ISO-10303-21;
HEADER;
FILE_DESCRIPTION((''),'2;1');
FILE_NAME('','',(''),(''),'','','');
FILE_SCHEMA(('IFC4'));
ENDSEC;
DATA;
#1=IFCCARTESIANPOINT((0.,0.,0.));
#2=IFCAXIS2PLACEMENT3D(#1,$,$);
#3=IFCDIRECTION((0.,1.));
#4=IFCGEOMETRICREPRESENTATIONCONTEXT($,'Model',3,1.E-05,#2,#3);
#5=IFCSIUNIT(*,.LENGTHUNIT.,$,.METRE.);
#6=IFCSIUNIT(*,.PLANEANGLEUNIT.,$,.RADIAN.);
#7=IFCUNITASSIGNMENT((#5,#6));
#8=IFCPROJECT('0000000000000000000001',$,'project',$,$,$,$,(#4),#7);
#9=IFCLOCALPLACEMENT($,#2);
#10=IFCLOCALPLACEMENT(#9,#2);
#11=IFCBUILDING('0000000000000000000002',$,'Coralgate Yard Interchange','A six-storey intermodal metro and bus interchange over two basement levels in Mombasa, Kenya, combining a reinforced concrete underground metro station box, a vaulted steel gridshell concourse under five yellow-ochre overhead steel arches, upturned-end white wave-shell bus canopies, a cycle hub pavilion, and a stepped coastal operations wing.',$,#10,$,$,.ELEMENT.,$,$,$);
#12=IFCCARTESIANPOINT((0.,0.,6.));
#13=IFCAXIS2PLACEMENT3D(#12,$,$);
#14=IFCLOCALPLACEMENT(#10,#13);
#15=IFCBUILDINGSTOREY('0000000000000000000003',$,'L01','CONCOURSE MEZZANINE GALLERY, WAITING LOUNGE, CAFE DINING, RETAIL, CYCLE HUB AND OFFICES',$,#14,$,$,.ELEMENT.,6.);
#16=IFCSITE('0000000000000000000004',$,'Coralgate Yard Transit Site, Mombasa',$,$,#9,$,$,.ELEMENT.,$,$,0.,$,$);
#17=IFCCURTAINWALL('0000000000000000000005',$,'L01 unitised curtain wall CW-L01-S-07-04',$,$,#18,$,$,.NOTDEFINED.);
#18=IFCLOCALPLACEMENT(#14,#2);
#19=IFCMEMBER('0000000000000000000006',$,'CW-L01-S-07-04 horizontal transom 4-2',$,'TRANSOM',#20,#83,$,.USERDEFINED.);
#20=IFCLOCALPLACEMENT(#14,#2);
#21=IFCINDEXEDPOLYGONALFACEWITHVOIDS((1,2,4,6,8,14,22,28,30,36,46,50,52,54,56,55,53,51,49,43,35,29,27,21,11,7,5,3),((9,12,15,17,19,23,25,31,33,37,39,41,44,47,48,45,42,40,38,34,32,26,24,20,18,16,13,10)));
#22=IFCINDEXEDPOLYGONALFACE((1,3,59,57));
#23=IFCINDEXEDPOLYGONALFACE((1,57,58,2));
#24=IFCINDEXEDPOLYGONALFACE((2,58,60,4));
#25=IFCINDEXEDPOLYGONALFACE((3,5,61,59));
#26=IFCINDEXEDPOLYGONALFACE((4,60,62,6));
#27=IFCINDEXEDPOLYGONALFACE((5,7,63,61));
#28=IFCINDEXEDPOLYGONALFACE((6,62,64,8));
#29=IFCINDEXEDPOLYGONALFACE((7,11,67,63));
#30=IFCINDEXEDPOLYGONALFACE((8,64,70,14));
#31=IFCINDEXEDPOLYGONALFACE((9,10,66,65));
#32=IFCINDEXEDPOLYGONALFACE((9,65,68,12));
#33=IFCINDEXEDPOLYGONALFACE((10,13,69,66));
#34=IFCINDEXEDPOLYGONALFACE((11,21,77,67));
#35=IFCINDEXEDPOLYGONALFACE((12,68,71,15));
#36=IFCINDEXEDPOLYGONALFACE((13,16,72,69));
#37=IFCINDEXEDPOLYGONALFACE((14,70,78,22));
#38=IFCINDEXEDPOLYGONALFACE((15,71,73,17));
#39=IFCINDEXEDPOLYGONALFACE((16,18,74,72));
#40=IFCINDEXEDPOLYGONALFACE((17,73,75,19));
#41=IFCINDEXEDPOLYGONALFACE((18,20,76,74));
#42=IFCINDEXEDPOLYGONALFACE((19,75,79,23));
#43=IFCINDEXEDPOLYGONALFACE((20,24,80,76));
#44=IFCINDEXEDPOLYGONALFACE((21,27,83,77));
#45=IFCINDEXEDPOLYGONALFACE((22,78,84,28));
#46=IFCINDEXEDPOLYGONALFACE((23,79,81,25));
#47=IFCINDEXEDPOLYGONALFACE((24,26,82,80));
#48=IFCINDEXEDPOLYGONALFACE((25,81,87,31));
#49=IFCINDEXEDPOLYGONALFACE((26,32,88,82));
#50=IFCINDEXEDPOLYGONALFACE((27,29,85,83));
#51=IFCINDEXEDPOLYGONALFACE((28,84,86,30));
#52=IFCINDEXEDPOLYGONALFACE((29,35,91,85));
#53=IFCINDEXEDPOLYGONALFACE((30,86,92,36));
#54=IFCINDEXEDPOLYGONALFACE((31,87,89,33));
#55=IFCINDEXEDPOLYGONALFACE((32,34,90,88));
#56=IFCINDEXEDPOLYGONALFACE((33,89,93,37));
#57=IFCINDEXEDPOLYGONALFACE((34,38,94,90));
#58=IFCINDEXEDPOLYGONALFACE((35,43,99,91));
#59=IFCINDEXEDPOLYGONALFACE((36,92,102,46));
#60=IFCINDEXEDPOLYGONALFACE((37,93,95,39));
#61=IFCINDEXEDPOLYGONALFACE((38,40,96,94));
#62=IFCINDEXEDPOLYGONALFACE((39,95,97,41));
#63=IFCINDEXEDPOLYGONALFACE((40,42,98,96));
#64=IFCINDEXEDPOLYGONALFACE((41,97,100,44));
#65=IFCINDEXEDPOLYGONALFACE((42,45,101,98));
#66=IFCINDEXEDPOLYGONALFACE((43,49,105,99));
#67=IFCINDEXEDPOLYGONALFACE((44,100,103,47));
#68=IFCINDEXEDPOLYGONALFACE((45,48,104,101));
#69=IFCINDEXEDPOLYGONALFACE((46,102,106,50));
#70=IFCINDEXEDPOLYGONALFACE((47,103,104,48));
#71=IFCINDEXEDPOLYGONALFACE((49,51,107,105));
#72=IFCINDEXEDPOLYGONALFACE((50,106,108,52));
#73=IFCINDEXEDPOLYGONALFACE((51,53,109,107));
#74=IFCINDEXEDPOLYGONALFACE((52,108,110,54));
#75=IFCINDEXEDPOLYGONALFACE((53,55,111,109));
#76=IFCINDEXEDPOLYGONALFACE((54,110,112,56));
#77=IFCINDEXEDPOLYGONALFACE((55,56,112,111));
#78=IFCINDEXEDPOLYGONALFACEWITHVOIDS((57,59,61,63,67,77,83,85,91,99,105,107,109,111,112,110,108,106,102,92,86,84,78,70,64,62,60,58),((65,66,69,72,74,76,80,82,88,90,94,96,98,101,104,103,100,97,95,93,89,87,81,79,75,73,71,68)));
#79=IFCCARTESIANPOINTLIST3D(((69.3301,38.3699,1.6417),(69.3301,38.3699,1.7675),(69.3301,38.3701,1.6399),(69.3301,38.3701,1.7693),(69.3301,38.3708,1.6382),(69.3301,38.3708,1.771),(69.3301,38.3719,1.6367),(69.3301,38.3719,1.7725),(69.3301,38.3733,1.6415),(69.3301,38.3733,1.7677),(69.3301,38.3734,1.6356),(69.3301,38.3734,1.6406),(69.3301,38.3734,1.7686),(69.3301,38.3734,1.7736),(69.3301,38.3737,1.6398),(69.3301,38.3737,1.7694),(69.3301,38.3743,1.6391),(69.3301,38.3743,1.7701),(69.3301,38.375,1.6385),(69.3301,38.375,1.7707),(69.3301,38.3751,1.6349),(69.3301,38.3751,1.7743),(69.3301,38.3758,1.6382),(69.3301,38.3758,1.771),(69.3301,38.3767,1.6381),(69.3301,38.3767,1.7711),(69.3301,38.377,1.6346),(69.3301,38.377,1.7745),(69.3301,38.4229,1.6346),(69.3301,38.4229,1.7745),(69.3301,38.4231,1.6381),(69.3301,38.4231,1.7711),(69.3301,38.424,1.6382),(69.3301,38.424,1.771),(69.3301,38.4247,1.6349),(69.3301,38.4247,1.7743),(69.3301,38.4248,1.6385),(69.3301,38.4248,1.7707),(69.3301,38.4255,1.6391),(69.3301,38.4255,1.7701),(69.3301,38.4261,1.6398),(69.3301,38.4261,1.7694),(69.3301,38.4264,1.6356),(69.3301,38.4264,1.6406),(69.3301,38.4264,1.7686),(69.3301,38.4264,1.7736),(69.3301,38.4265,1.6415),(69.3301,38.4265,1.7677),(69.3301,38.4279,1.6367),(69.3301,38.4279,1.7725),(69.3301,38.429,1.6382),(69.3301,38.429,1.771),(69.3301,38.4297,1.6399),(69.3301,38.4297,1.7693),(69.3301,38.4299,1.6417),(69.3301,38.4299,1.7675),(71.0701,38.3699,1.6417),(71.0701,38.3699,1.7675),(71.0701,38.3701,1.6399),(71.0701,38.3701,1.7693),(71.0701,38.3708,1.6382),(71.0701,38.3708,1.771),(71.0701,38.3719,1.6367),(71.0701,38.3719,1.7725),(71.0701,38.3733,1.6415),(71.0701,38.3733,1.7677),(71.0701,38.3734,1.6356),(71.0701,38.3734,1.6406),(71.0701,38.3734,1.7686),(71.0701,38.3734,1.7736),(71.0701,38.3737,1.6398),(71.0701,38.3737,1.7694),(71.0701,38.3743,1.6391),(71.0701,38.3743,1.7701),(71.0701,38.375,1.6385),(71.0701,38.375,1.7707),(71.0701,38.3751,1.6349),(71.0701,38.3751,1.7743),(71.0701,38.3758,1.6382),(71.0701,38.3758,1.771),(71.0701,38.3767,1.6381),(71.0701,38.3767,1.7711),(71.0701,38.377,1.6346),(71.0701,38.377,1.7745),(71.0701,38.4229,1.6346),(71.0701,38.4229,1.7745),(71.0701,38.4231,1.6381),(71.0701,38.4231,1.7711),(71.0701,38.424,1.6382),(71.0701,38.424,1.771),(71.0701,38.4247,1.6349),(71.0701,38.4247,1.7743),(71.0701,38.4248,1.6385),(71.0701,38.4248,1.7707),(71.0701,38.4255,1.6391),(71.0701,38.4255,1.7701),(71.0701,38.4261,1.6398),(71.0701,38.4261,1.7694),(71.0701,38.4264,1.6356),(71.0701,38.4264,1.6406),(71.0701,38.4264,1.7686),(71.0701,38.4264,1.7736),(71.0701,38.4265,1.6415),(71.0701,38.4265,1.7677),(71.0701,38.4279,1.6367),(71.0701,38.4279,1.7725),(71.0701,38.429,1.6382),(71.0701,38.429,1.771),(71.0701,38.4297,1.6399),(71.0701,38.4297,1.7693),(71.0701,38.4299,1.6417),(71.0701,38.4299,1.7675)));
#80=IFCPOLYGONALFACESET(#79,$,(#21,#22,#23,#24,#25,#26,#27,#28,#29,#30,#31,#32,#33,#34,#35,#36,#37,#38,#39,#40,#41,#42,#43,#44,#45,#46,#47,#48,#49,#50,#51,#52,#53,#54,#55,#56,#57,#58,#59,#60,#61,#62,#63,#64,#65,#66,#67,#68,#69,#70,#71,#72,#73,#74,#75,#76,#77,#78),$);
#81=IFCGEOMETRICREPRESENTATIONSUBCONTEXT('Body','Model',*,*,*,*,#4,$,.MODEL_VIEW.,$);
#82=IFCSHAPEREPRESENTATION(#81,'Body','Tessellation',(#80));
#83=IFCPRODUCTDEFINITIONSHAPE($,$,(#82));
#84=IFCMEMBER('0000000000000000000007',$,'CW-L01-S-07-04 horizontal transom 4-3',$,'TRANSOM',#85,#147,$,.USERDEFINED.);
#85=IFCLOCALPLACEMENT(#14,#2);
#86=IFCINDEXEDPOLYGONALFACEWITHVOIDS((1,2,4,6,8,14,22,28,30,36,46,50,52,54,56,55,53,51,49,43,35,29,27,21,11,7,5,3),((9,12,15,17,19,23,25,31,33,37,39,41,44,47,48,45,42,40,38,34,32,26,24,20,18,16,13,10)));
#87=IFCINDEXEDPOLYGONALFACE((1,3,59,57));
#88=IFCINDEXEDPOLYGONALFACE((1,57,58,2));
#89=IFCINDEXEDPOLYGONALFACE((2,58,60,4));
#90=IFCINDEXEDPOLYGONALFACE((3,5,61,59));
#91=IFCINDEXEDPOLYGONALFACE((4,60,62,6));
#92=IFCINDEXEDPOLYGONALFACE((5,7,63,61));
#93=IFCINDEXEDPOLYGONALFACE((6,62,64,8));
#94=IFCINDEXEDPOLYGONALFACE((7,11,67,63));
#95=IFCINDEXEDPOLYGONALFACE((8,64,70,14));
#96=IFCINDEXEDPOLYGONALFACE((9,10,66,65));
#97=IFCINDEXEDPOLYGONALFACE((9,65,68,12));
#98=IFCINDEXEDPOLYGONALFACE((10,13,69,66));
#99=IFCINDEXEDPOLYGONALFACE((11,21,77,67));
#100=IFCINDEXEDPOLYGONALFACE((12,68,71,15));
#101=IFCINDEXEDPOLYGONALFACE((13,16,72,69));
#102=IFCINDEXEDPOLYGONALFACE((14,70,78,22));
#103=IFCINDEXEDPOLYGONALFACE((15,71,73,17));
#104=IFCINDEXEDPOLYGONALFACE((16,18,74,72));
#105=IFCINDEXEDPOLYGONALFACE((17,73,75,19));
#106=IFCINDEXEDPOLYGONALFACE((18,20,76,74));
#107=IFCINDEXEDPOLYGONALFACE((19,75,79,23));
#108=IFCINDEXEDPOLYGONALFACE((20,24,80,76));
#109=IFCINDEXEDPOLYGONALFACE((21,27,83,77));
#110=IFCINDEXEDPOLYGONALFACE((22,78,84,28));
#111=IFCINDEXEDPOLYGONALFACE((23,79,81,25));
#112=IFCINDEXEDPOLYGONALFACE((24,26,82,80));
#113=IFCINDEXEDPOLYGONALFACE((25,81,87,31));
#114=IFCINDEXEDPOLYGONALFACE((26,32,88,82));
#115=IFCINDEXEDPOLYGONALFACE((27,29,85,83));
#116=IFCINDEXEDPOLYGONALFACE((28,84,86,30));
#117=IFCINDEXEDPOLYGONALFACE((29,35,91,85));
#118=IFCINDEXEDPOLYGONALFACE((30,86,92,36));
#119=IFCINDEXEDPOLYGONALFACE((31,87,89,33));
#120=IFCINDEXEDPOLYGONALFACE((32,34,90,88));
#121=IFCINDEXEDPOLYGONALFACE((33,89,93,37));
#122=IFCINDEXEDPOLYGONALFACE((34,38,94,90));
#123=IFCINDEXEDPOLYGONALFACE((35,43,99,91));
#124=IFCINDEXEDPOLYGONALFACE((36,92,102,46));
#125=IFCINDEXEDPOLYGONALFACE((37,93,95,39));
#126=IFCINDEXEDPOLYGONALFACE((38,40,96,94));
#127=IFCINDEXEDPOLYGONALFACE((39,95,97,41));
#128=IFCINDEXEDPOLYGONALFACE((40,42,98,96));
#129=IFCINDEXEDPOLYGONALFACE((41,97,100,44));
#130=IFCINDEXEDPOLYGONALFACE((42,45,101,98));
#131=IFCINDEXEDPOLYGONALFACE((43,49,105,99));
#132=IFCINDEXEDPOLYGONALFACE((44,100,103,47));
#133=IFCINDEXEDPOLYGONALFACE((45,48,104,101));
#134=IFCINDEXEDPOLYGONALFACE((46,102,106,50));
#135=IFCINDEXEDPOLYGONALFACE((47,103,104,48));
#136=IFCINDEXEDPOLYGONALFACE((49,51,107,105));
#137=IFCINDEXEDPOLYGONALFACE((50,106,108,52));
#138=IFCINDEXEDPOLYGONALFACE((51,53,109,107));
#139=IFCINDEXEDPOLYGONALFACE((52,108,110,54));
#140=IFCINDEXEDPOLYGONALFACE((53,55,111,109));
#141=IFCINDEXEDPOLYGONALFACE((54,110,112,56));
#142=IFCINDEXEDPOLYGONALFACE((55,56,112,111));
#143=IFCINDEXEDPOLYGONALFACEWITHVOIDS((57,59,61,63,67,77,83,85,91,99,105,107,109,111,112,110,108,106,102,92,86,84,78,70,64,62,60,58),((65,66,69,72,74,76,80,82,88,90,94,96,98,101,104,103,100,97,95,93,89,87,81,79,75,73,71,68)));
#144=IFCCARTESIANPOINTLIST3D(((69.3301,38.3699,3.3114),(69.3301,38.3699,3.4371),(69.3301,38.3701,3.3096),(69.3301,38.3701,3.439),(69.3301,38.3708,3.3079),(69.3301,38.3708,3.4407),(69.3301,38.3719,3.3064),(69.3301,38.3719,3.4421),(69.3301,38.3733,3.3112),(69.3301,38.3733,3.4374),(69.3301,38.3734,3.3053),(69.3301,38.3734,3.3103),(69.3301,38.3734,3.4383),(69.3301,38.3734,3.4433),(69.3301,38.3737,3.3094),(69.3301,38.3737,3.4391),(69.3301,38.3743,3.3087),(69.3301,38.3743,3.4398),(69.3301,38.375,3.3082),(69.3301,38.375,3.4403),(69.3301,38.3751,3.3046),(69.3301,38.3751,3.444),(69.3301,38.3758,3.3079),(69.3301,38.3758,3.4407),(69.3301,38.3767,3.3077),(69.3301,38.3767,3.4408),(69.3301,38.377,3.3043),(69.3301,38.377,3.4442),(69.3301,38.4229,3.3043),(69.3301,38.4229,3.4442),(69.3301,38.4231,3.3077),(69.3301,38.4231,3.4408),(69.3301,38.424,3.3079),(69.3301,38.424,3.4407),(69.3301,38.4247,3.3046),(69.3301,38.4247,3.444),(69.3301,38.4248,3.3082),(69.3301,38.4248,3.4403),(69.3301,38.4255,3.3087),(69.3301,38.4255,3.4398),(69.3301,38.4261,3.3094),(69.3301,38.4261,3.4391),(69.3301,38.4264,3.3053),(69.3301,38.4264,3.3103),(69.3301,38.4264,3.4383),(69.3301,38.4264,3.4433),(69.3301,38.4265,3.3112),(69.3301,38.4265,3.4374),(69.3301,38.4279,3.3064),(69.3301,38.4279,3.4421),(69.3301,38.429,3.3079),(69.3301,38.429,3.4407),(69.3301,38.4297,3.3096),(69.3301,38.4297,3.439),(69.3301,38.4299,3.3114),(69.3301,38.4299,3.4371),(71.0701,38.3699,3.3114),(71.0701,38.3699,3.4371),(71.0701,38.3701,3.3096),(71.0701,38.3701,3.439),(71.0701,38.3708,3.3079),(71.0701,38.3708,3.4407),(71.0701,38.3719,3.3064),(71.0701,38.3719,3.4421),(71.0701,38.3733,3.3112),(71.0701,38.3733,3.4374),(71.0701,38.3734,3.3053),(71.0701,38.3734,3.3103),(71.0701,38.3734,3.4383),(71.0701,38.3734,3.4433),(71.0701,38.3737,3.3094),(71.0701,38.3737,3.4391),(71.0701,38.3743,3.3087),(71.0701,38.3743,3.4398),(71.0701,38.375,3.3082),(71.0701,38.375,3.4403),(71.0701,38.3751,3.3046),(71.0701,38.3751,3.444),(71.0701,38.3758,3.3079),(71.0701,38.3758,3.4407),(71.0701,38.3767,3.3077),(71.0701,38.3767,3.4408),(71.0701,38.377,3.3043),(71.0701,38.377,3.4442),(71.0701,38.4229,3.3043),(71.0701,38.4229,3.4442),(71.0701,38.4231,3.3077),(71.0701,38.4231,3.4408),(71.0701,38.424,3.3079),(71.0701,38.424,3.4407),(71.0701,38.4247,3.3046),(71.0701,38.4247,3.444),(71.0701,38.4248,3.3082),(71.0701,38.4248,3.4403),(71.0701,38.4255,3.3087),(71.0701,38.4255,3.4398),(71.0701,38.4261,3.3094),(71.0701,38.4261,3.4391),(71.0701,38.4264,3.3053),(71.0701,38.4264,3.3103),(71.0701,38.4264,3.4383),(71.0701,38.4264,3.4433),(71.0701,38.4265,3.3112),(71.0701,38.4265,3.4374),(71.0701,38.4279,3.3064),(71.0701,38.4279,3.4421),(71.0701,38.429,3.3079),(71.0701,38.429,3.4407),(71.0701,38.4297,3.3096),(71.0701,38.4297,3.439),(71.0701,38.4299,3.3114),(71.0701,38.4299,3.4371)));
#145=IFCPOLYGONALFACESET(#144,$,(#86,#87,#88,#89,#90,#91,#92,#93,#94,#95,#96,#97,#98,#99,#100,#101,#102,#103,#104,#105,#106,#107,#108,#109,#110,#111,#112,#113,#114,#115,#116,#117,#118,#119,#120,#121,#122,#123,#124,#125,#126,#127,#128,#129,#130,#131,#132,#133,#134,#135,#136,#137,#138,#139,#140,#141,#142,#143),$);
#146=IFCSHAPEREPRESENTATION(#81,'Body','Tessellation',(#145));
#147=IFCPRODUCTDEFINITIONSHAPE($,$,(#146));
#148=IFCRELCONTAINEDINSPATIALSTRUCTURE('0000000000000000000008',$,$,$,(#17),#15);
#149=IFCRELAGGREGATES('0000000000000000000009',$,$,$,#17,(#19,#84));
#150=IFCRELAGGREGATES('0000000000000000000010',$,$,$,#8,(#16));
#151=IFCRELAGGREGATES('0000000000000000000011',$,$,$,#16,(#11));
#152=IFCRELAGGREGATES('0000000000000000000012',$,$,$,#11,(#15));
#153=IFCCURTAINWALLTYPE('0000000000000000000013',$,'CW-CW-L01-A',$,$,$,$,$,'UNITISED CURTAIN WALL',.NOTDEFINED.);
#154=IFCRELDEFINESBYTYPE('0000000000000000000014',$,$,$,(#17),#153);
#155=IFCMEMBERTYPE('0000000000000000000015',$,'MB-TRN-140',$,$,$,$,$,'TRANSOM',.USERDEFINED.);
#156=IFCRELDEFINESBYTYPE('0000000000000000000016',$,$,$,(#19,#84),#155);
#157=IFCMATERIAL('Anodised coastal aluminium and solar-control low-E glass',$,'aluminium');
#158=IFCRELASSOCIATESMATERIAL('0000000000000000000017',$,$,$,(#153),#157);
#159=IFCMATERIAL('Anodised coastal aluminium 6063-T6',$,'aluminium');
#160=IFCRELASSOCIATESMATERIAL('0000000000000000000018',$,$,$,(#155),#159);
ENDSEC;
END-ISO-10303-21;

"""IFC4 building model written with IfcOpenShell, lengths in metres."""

from ifc_helpers import new_model, si_unit, direction, frame, origin, origin_2d, place, context, subcontext, project, spatial, hollow_rectangle, extrude, material, material_profile, profile_set, type_object, element, aggregate, save


model = new_model("IFC4")

# Units and contexts
model_context = context("Model", 3, precision=1e-05, world=origin(), true_north=direction((0.0, 1.0)))
body_context = subcontext(model_context, "Body", "Model", "MODEL_VIEW")
ifc_project = project(units=[si_unit("LENGTHUNIT", "METRE"), si_unit("PLANEANGLEUNIT", "RADIAN")], contexts=[model_context])

# Site, building, storey
site_placement = place(None, origin())
site = spatial("IfcSite", under=ifc_project, at=site_placement, Name="Coralgate Yard Transit Site, Mombasa", CompositionType="ELEMENT", RefElevation=0.0)
building_placement = place(site_placement, origin())
building = spatial("IfcBuilding", under=site, at=building_placement, Name="Coralgate Yard Interchange", Description="A six-storey intermodal metro and bus interchange over two basement levels in Mombasa, Kenya, combining a reinforced concrete underground metro station box, a vaulted steel gridshell concourse under five yellow-ochre overhead steel arches, upturned-end white wave-shell bus canopies, a cycle hub pavilion, and a stepped coastal operations wing.", CompositionType="ELEMENT")
storey_placement = place(building_placement, frame((0.0, 0.0, 6.0)))
storey = spatial("IfcBuildingStorey", under=building, at=storey_placement, Name="L01", Description="CONCOURSE MEZZANINE GALLERY, WAITING LOUNGE, CAFE DINING, RETAIL, CYCLE HUB AND OFFICES", CompositionType="ELEMENT", Elevation=6.0)

# Shared definitions
ifc_material_1 = material(Name="Anodised coastal aluminium and solar-control low-E glass", Category="aluminium")
curtain_wall_type = type_object("IfcCurtainWallType", Name="CW-CW-L01-A", ElementType="UNITISED CURTAIN WALL", PredefinedType="NOTDEFINED", material=ifc_material_1)
ifc_material_2 = material(Name="Anodised coastal aluminium 6063-T6", Category="aluminium")

# Curtain wall
curtain_wall_1_placement = place(storey_placement, origin())
curtain_wall_1 = element("IfcCurtainWall", 1, at=curtain_wall_1_placement, inside=storey, type_object=curtain_wall_type, Name="L01 unitised curtain wall CW-L01-S-07-04", PredefinedType="NOTDEFINED")

# Members
ifc_material_profile_1 = material_profile(ifc_material_2, hollow_rectangle(XDim=0.0601, YDim=0.1399, WallThickness=0.0034, InnerFilletRadius=0.0034, OuterFilletRadius=0.0071, at=origin_2d()), Name="ALU 60x140x3.5")
ifc_profile_set_1 = profile_set([ifc_material_profile_1], Name="Anodised coastal aluminium 6063-T6")
member_type_1 = type_object("IfcMemberType", Name="MB-TRN-140", ElementType="TRANSOM", PredefinedType="USERDEFINED", material=ifc_profile_set_1)
member_1_placement = place(storey_placement, frame((71.0701, 38.3999, 1.7046), z_axis=(-1.0, 0.0, 0.0), x_axis=(0.0, -1.0, 0.0)))
member_1 = element("IfcMember", 2, at=member_1_placement, type_object=member_type_1, Name="CW-L01-S-07-04 horizontal transom 4-2", ObjectType="TRANSOM", PredefinedType="USERDEFINED", context=body_context, shape_type="SweptSolid", body=[
    extrude(hollow_rectangle(XDim=0.0601, YDim=0.1399, WallThickness=0.0034, InnerFilletRadius=0.0034, OuterFilletRadius=0.0071, at=origin_2d()), origin(), (0.0, 0.0, 1.0), 1.74),
])
member_2_placement = place(storey_placement, frame((71.0701, 38.3999, 3.3743), z_axis=(-1.0, 0.0, 0.0), x_axis=(0.0, -1.0, 0.0)))
member_2 = element("IfcMember", 3, at=member_2_placement, type_object=member_type_1, Name="CW-L01-S-07-04 horizontal transom 4-3", ObjectType="TRANSOM", PredefinedType="USERDEFINED", context=body_context, shape_type="SweptSolid", body=[
    extrude(hollow_rectangle(XDim=0.0601, YDim=0.1399, WallThickness=0.0034, InnerFilletRadius=0.0034, OuterFilletRadius=0.0071, at=origin_2d()), origin(), (0.0, 0.0, 1.0), 1.74),
])

aggregate(curtain_wall_1, [member_1, member_2])

save(model, "model.ifc")
